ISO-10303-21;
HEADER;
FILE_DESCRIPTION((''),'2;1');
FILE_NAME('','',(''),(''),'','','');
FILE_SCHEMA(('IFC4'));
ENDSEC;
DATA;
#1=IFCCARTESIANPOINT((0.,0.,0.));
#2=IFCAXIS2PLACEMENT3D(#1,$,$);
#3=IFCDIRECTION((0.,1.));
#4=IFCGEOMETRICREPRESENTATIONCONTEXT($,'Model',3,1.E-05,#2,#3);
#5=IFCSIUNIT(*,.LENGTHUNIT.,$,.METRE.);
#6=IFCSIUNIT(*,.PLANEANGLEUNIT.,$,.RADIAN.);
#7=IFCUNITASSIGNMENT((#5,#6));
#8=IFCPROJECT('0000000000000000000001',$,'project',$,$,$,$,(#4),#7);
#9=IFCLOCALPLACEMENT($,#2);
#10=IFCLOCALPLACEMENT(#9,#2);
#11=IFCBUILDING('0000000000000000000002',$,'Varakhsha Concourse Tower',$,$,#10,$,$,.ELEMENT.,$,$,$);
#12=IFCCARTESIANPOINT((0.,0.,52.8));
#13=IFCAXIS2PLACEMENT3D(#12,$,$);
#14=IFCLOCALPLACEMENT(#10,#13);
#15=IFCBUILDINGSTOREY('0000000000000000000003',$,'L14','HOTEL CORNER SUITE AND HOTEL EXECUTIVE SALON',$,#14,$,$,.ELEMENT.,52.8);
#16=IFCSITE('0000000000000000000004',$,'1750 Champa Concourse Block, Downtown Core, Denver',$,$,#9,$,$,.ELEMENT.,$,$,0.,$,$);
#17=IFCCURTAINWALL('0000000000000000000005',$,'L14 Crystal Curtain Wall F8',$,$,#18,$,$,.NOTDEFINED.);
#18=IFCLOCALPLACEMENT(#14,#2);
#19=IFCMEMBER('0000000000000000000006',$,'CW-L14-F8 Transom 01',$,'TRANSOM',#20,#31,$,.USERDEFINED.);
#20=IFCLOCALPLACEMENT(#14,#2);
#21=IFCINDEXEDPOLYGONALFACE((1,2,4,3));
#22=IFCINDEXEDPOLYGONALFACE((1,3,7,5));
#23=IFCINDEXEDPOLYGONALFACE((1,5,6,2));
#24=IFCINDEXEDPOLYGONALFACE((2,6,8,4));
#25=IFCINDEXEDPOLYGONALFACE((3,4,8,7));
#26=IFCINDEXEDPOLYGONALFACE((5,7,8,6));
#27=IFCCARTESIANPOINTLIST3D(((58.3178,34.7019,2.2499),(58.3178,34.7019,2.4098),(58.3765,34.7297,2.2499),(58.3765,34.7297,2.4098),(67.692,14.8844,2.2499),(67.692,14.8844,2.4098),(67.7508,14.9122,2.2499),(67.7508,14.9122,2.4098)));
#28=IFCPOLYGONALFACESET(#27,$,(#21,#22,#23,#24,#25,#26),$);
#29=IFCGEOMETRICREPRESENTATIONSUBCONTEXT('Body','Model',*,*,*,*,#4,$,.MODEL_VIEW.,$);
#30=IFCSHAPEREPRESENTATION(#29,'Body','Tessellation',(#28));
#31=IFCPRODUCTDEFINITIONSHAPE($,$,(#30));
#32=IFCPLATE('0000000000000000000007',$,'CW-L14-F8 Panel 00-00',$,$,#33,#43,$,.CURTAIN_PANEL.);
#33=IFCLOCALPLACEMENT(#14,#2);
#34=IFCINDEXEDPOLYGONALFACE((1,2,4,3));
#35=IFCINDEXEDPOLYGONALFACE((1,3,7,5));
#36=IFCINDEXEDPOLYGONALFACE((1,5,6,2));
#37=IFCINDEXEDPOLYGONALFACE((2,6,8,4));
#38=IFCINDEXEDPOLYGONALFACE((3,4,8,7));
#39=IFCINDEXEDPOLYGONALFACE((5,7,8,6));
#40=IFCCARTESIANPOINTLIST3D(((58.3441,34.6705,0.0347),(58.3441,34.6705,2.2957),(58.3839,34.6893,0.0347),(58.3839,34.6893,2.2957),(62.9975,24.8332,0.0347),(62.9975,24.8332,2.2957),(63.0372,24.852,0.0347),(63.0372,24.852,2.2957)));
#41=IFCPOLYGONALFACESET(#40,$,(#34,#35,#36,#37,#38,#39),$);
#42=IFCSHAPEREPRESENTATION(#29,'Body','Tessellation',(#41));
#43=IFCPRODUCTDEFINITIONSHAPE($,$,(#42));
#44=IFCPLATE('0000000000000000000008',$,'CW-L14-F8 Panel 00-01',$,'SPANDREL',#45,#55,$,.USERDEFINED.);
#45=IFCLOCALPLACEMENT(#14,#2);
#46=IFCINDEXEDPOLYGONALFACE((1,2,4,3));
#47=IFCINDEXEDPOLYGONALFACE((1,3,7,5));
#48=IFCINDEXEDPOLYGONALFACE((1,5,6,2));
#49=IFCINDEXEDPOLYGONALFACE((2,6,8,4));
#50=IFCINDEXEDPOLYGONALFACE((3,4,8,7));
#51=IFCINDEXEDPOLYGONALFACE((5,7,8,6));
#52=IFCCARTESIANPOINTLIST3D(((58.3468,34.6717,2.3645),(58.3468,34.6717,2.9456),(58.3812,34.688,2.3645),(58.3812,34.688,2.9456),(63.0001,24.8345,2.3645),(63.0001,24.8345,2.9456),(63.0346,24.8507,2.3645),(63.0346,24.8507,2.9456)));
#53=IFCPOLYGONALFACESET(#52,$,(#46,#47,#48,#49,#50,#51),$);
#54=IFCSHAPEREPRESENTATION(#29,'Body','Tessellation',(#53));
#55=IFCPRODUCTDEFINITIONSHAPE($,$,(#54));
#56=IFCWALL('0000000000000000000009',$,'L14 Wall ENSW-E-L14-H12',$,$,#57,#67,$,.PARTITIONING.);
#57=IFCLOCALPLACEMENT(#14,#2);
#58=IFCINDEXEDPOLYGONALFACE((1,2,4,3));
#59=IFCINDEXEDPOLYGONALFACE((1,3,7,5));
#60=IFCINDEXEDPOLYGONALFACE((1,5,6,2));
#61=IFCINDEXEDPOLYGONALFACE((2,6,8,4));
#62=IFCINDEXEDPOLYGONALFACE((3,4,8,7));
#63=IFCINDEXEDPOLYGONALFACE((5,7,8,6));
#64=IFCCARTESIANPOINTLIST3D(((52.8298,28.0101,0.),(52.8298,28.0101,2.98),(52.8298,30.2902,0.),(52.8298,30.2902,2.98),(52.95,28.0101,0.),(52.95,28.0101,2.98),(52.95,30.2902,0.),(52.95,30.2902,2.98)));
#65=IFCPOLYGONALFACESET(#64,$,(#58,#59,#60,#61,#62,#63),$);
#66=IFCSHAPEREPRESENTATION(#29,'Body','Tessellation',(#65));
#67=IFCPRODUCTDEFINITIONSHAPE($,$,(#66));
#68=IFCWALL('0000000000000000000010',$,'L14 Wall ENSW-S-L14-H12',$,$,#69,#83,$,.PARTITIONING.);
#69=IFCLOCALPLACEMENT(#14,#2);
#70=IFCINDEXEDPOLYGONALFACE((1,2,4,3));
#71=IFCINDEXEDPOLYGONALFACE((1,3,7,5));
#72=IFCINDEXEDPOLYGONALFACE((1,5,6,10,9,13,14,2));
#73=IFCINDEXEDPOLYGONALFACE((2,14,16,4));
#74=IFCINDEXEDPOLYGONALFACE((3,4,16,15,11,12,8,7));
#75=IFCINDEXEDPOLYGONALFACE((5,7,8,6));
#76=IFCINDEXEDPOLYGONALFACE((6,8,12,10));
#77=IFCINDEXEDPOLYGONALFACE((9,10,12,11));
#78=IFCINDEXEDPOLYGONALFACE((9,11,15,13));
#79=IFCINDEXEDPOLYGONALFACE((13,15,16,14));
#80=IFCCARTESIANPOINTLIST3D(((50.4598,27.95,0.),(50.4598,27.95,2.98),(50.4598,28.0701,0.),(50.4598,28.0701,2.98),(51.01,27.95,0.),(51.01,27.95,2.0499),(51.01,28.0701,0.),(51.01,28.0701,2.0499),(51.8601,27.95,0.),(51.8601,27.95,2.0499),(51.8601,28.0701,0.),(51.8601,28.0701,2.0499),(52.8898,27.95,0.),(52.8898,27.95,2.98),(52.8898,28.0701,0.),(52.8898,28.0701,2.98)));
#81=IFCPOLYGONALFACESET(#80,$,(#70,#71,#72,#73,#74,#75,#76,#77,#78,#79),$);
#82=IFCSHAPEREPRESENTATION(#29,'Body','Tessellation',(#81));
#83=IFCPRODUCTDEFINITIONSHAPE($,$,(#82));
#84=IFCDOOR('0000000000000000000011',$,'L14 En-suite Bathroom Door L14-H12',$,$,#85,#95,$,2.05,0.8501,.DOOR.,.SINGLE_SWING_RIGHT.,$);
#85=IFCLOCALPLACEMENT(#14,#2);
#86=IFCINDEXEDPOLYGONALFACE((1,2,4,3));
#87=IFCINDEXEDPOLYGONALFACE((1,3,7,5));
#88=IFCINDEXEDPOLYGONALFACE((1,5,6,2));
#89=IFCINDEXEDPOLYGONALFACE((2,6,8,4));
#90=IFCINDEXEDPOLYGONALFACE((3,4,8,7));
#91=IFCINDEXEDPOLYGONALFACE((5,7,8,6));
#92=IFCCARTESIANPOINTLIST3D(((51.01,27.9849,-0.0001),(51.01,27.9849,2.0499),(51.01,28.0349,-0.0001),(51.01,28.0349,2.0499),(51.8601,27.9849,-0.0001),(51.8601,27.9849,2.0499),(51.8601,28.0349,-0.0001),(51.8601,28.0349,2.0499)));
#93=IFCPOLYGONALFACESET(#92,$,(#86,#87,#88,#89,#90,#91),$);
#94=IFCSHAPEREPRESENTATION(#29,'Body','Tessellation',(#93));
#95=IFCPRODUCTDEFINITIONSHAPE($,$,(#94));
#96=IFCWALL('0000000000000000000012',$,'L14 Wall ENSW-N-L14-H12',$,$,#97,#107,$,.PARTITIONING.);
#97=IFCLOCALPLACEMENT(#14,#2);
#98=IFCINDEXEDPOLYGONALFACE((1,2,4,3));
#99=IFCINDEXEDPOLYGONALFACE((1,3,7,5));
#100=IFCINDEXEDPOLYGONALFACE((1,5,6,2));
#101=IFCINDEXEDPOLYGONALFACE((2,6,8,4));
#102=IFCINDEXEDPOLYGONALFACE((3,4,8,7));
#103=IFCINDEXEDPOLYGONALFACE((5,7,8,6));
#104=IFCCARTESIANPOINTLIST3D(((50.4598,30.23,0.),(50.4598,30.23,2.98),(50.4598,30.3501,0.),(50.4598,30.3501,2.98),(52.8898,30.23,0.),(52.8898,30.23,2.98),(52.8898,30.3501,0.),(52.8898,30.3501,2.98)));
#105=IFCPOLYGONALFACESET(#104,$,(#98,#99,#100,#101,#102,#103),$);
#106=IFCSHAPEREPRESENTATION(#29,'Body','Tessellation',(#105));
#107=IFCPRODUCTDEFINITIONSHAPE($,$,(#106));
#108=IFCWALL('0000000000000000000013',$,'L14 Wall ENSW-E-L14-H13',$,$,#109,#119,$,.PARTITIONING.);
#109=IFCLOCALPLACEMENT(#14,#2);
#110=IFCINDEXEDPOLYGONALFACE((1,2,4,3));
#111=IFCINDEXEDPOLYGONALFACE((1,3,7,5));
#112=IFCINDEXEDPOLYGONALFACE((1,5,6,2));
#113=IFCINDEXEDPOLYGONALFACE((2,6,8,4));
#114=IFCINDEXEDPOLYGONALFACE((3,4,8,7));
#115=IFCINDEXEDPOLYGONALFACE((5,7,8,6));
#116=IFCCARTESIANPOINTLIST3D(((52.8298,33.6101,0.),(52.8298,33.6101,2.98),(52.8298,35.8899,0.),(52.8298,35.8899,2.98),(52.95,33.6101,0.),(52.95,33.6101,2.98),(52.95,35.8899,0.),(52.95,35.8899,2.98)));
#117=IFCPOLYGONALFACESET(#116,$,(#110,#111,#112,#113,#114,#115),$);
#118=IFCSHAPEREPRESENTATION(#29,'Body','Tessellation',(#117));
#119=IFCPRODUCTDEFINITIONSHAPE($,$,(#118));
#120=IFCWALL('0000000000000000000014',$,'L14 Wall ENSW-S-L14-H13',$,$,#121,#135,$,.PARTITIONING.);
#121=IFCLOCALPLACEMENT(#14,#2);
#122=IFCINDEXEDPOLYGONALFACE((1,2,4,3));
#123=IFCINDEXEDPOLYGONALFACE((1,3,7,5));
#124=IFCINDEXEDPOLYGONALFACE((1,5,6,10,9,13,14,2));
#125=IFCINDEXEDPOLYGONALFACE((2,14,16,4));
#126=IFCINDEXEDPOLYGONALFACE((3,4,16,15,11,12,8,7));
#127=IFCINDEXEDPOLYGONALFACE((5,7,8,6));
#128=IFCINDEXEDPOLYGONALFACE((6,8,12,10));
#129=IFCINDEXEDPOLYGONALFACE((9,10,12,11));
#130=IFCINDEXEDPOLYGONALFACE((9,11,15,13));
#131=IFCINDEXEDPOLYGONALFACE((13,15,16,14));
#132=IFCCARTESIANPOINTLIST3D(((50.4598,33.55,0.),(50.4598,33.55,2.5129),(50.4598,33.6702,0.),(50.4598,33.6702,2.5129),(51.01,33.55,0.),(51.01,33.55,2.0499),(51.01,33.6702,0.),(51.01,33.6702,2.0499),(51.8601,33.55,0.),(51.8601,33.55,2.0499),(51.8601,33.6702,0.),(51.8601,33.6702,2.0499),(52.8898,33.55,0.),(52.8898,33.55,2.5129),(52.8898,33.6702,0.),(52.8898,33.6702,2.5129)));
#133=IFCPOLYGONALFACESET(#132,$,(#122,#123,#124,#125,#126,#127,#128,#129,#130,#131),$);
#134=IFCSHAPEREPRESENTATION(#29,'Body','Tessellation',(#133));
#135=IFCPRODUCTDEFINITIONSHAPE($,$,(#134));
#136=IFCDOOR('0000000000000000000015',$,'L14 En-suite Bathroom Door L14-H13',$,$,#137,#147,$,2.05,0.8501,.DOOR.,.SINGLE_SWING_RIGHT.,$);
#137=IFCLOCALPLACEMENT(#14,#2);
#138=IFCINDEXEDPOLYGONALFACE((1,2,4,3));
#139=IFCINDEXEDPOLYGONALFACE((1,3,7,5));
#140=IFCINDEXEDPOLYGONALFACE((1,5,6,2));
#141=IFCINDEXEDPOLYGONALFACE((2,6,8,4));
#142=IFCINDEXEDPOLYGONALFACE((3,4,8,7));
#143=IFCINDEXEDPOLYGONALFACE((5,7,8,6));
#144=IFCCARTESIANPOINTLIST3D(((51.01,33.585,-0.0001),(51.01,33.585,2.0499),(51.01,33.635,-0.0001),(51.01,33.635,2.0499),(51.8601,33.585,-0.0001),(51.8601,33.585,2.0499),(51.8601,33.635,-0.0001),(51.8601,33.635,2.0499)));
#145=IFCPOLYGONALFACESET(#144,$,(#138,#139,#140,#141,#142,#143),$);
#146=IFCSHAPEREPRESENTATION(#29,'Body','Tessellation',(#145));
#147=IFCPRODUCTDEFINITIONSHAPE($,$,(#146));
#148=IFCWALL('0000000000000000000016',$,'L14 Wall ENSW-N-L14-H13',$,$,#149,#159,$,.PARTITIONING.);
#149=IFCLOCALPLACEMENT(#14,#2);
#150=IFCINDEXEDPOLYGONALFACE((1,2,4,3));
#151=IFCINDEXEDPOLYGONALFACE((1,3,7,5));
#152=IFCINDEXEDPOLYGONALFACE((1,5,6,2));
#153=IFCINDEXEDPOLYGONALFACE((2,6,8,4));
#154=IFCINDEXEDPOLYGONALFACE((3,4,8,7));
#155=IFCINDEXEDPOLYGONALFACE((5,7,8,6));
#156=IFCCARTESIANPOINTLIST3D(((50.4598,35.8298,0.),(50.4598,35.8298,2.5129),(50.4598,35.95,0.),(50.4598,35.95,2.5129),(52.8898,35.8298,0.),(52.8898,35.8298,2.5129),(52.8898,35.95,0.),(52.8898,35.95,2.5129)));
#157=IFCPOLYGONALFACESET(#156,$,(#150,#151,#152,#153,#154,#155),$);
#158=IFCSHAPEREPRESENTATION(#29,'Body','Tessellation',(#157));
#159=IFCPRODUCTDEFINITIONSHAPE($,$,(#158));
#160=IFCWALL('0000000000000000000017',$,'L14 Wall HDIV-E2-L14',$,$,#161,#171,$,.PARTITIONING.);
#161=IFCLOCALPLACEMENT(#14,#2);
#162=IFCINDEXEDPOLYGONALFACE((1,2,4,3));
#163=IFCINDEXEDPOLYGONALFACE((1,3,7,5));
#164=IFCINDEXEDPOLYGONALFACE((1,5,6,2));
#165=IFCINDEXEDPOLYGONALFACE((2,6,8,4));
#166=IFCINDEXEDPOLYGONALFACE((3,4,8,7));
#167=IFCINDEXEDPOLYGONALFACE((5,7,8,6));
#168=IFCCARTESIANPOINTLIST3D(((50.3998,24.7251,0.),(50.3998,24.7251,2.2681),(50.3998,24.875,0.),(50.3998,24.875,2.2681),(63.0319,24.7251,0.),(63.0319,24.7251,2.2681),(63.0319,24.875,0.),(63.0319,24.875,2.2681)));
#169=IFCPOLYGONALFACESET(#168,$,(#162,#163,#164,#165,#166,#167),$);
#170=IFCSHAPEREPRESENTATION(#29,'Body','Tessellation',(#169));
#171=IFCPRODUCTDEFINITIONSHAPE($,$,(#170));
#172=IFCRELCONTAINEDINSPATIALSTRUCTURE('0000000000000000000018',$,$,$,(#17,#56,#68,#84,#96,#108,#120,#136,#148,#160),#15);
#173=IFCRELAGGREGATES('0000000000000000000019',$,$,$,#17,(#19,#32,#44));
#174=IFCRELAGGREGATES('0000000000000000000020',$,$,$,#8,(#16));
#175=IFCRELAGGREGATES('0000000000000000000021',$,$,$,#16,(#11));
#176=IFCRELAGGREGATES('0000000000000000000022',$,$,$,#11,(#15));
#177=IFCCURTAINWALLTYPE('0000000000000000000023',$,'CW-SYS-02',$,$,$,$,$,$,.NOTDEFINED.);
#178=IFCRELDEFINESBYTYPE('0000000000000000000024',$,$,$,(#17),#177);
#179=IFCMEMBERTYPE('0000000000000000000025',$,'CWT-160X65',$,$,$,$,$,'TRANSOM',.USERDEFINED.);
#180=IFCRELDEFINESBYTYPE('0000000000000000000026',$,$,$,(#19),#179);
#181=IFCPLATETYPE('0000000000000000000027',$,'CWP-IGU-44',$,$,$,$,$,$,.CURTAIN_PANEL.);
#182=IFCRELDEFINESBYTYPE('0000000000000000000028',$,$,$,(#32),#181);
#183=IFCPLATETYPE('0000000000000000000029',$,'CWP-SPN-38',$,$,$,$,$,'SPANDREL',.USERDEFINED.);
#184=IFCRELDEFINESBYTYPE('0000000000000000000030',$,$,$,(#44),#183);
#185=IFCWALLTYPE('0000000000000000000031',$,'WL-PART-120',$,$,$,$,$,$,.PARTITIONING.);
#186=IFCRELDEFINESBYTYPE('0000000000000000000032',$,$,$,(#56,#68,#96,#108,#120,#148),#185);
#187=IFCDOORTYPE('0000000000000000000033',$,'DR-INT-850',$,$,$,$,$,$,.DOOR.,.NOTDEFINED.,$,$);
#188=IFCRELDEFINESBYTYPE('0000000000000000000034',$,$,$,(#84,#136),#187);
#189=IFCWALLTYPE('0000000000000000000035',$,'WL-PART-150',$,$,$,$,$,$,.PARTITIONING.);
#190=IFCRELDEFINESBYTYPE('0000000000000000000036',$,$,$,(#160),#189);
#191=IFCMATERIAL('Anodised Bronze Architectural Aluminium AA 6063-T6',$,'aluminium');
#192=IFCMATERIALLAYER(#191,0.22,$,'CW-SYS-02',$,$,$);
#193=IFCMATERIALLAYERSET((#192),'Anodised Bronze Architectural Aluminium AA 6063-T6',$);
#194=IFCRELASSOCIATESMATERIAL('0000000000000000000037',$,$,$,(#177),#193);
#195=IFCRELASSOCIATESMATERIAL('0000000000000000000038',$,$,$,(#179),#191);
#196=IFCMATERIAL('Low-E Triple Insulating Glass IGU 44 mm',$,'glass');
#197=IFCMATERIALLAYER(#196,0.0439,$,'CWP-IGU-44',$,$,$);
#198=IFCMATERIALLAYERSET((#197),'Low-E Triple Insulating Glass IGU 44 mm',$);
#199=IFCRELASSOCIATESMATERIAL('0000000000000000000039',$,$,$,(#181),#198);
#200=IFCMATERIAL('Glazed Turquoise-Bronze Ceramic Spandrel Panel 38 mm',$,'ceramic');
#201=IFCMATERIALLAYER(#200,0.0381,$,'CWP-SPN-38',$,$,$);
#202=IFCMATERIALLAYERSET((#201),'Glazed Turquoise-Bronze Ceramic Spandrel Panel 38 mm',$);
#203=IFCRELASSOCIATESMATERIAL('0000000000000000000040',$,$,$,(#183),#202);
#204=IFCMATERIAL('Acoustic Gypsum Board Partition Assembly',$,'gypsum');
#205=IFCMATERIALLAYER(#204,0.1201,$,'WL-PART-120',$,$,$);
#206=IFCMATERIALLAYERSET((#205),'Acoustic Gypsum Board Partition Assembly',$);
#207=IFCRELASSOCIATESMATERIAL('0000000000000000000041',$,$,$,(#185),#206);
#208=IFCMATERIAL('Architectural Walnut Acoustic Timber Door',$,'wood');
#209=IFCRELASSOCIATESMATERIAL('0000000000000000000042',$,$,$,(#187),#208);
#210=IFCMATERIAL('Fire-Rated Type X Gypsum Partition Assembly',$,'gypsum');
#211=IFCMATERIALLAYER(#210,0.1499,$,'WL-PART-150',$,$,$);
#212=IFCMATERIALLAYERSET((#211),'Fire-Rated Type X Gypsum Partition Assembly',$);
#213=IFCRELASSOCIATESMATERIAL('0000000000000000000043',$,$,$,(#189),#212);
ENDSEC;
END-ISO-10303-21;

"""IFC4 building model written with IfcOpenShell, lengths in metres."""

from ifc_helpers import new_model, si_unit, direction, frame, frame_2d, origin, origin_2d, place, context, subcontext, project, spatial, rectangle, extrude, source, transform, mapped, material, layer, layer_set, material_profile, profile_set, type_object, type_shapes, element, fill, aggregate, save


model = new_model("IFC4")

# Units and contexts
model_context = context("Model", 3, precision=1e-05, world=origin(), true_north=direction((0.0, 1.0)))
body_context = subcontext(model_context, "Body", "Model", "MODEL_VIEW")
ifc_project = project(units=[si_unit("LENGTHUNIT", "METRE"), si_unit("PLANEANGLEUNIT", "RADIAN")], contexts=[model_context])

# Site, building, storey
site_placement = place(None, origin())
site = spatial("IfcSite", under=ifc_project, at=site_placement, Name="1750 Champa Concourse Block, Downtown Core, Denver", CompositionType="ELEMENT", RefElevation=0.0)
building_placement = place(site_placement, origin())
building = spatial("IfcBuilding", under=site, at=building_placement, Name="Varakhsha Concourse Tower", CompositionType="ELEMENT")
storey_placement = place(building_placement, frame((0.0, 0.0, 52.8)))
storey = spatial("IfcBuildingStorey", under=building, at=storey_placement, Name="L14", Description="HOTEL CORNER SUITE AND HOTEL EXECUTIVE SALON", CompositionType="ELEMENT", Elevation=52.8)

# Curtain wall
ifc_material_1 = material(Name="Anodised Bronze Architectural Aluminium AA 6063-T6", Category="aluminium")
ifc_layer_1 = layer(ifc_material_1, 0.22, Name="CW-SYS-02")
ifc_layer_set_1 = layer_set([ifc_layer_1], Name="Anodised Bronze Architectural Aluminium AA 6063-T6")
curtain_wall_type = type_object("IfcCurtainWallType", Name="CW-SYS-02", PredefinedType="NOTDEFINED", material=ifc_layer_set_1)
curtain_wall_1_placement = place(storey_placement, origin())
curtain_wall_1 = element("IfcCurtainWall", 1, at=curtain_wall_1_placement, inside=storey, type_object=curtain_wall_type, Name="L14 Crystal Curtain Wall F8", PredefinedType="NOTDEFINED")

# Member
ifc_material_profile_1 = material_profile(ifc_material_1, rectangle(XDim=0.0649, YDim=0.1599, at=origin_2d()), Name="CWT-160X65")
ifc_profile_set_1 = profile_set([ifc_material_profile_1], Name="Anodised Bronze Architectural Aluminium AA 6063-T6")
member_type_1 = type_object("IfcMemberType", Name="CWT-160X65", ElementType="TRANSOM", PredefinedType="USERDEFINED", material=ifc_profile_set_1)
shared_shape_1 = source(origin(), body_context, "Body", "SweptSolid", [
    extrude(rectangle(XDim=0.0649, YDim=0.1599, at=origin_2d()), origin(), (0.0, 0.0, 1.0), 21.9229),
])
type_shapes(member_type_1, [shared_shape_1])
member_1_placement = place(storey_placement, frame((58.3472, 34.7158, 2.3298), z_axis=(0.427601, -0.903968, 0.0), x_axis=(0.903968, 0.427601, 0.0)))
member_1 = element("IfcMember", 2, at=member_1_placement, type_object=member_type_1, Name="CW-L14-F8 Transom 01", ObjectType="TRANSOM", PredefinedType="USERDEFINED", context=body_context, shape_type="MappedRepresentation", body=[
    mapped(shared_shape_1, transform((0.0, 0.0, 0.0), scale=1.0)),
])

# Plates
ifc_material_2 = material(Name="Low-E Triple Insulating Glass IGU 44 mm", Category="glass")
ifc_layer_2 = layer(ifc_material_2, 0.0439, Name="CWP-IGU-44")
ifc_layer_set_2 = layer_set([ifc_layer_2], Name="Low-E Triple Insulating Glass IGU 44 mm")
plate_type_1 = type_object("IfcPlateType", Name="CWP-IGU-44", PredefinedType="CURTAIN_PANEL", material=ifc_layer_set_2)
shared_shape_2 = source(origin(), body_context, "Body", "SweptSolid", [
    extrude(rectangle(XDim=10.8823, YDim=0.0439, at=origin_2d()), origin(), (0.0, 0.0, 1.0), 2.261),
])
type_shapes(plate_type_1, [shared_shape_2])
plate_1_placement = place(storey_placement, frame((60.6907, 29.7612, 0.0347), z_axis=(0.0, 0.0, 1.0), x_axis=(0.427604, -0.903966, 0.0)))
plate_1 = element("IfcPlate", 3, at=plate_1_placement, type_object=plate_type_1, Name="CW-L14-F8 Panel 00-00", PredefinedType="CURTAIN_PANEL", context=body_context, shape_type="MappedRepresentation", body=[
    mapped(shared_shape_2, transform((0.0, 0.0, 0.0), scale=1.0)),
])
ifc_material_3 = material(Name="Glazed Turquoise-Bronze Ceramic Spandrel Panel 38 mm", Category="ceramic")
ifc_layer_3 = layer(ifc_material_3, 0.0381, Name="CWP-SPN-38")
ifc_layer_set_3 = layer_set([ifc_layer_3], Name="Glazed Turquoise-Bronze Ceramic Spandrel Panel 38 mm")
plate_type_2 = type_object("IfcPlateType", Name="CWP-SPN-38", ElementType="SPANDREL", PredefinedType="USERDEFINED", material=ifc_layer_set_3)
shared_shape_3 = source(origin(), body_context, "Body", "SweptSolid", [
    extrude(rectangle(XDim=10.8823, YDim=0.0381, at=origin_2d()), origin(), (0.0, 0.0, 1.0), 0.5811),
])
type_shapes(plate_type_2, [shared_shape_3])
plate_2_placement = place(storey_placement, frame((60.6907, 29.7612, 2.3645), z_axis=(0.0, 0.0, 1.0), x_axis=(0.427604, -0.903966, 0.0)))
plate_2 = element("IfcPlate", 4, at=plate_2_placement, type_object=plate_type_2, Name="CW-L14-F8 Panel 00-01", ObjectType="SPANDREL", PredefinedType="USERDEFINED", context=body_context, shape_type="MappedRepresentation", body=[
    mapped(shared_shape_3, transform((0.0, 0.0, 0.0), scale=1.0)),
])
aggregate(curtain_wall_1, [member_1, plate_1, plate_2])

# Wall
ifc_material_4 = material(Name="Acoustic Gypsum Board Partition Assembly", Category="gypsum")
ifc_layer_4 = layer(ifc_material_4, 0.1201, Name="WL-PART-120")
ifc_layer_set_4 = layer_set([ifc_layer_4], Name="Acoustic Gypsum Board Partition Assembly")
wall_type_1 = type_object("IfcWallType", Name="WL-PART-120", PredefinedType="PARTITIONING", material=ifc_layer_set_4)
wall_1_placement = place(storey_placement, frame((52.8899, 28.01, 0.0), z_axis=(0.0, 0.0, 1.0), x_axis=(0.0, 1.0, 0.0)))
element("IfcWall", 5, at=wall_1_placement, inside=storey, type_object=wall_type_1, Name="L14 Wall ENSW-E-L14-H12", PredefinedType="PARTITIONING", context=body_context, shape_type="SweptSolid", body=[
    extrude(rectangle(XDim=2.28, YDim=0.1201, at=frame_2d((1.1401, 0.0))), origin(), (0.0, 0.0, 1.0), 2.98),
])

# Wall, opening, door
wall_2_placement = place(storey_placement, frame((50.46, 28.01, 0.0), z_axis=(0.0, 0.0, 1.0), x_axis=(1.0, 0.0, 0.0)))
wall_2 = element("IfcWall", 6, at=wall_2_placement, inside=storey, type_object=wall_type_1, Name="L14 Wall ENSW-S-L14-H12", PredefinedType="PARTITIONING", context=body_context, shape_type="SweptSolid", body=[
    extrude(rectangle(XDim=2.4299, YDim=0.1201, at=frame_2d((1.2148, 0.0))), origin(), (0.0, 0.0, 1.0), 2.98),
])
opening_1_placement = place(wall_2_placement, frame((0.55, 0.0, 0.0)))
opening_1 = element("IfcOpeningElement", 7, at=opening_1_placement, cuts=wall_2, PredefinedType="OPENING", context=body_context, shape_type="SweptSolid", body=[
    extrude(rectangle(XDim=0.8501, YDim=2.05, at=frame_2d((0.425, 1.0249))), frame((0.0, 0.0701, 0.0), z_axis=(0.0, -1.0, 0.0), x_axis=(1.0, 0.0, 0.0)), (0.0, 0.0, 1.0), 0.1401),
])
ifc_material_5 = material(Name="Architectural Walnut Acoustic Timber Door", Category="wood")
door_type = type_object("IfcDoorType", Name="DR-INT-850", OperationType="NOTDEFINED", PredefinedType="DOOR", material=ifc_material_5)
door_1_placement = place(opening_1_placement, origin())
door_1 = element("IfcDoor", 8, at=door_1_placement, inside=storey, type_object=door_type, Name="L14 En-suite Bathroom Door L14-H12", OperationType="SINGLE_SWING_RIGHT", OverallHeight=2.05, OverallWidth=0.8501, PredefinedType="DOOR", context=body_context, shape_type="SweptSolid", body=[
    extrude(rectangle(XDim=0.8501, YDim=2.05, at=frame_2d((0.425, 1.0249))), frame((0.0, 0.0249, 0.0), z_axis=(0.0, -1.0, 0.0), x_axis=(1.0, 0.0, 0.0)), (0.0, 0.0, 1.0), 0.05),
])
fill(opening_1, door_1)

# Walls
wall_3_placement = place(storey_placement, frame((50.46, 30.29, 0.0), z_axis=(0.0, 0.0, 1.0), x_axis=(1.0, 0.0, 0.0)))
element("IfcWall", 9, at=wall_3_placement, inside=storey, type_object=wall_type_1, Name="L14 Wall ENSW-N-L14-H12", PredefinedType="PARTITIONING", context=body_context, shape_type="SweptSolid", body=[
    extrude(rectangle(XDim=2.4299, YDim=0.1201, at=frame_2d((1.2148, 0.0))), origin(), (0.0, 0.0, 1.0), 2.98),
])
wall_4_placement = place(storey_placement, frame((52.8899, 33.6101, 0.0), z_axis=(0.0, 0.0, 1.0), x_axis=(0.0, 1.0, 0.0)))
element("IfcWall", 10, at=wall_4_placement, inside=storey, type_object=wall_type_1, Name="L14 Wall ENSW-E-L14-H13", PredefinedType="PARTITIONING", context=body_context, shape_type="SweptSolid", body=[
    extrude(rectangle(XDim=2.2798, YDim=0.1201, at=frame_2d((1.1399, 0.0))), origin(), (0.0, 0.0, 1.0), 2.98),
])

# Wall, opening, door
wall_5_placement = place(storey_placement, frame((50.46, 33.6101, 0.0), z_axis=(0.0, 0.0, 1.0), x_axis=(1.0, 0.0, 0.0)))
wall_5 = element("IfcWall", 11, at=wall_5_placement, inside=storey, type_object=wall_type_1, Name="L14 Wall ENSW-S-L14-H13", PredefinedType="PARTITIONING", context=body_context, shape_type="SweptSolid", body=[
    extrude(rectangle(XDim=2.4299, YDim=0.1201, at=frame_2d((1.2148, 0.0))), origin(), (0.0, 0.0, 1.0), 2.5129),
])
opening_2_placement = place(wall_5_placement, frame((0.55, 0.0, 0.0)))
opening_2 = element("IfcOpeningElement", 12, at=opening_2_placement, cuts=wall_5, PredefinedType="OPENING", context=body_context, shape_type="SweptSolid", body=[
    extrude(rectangle(XDim=0.8501, YDim=2.05, at=frame_2d((0.425, 1.0249))), frame((0.0, 0.0701, 0.0), z_axis=(0.0, -1.0, 0.0), x_axis=(1.0, 0.0, 0.0)), (0.0, 0.0, 1.0), 0.1401),
])
door_2_placement = place(opening_2_placement, origin())
door_2 = element("IfcDoor", 13, at=door_2_placement, inside=storey, type_object=door_type, Name="L14 En-suite Bathroom Door L14-H13", OperationType="SINGLE_SWING_RIGHT", OverallHeight=2.05, OverallWidth=0.8501, PredefinedType="DOOR", context=body_context, shape_type="SweptSolid", body=[
    extrude(rectangle(XDim=0.8501, YDim=2.05, at=frame_2d((0.425, 1.0249))), frame((0.0, 0.0249, 0.0), z_axis=(0.0, -1.0, 0.0), x_axis=(1.0, 0.0, 0.0)), (0.0, 0.0, 1.0), 0.05),
])
fill(opening_2, door_2)

# Walls
wall_6_placement = place(storey_placement, frame((50.46, 35.8899, 0.0), z_axis=(0.0, 0.0, 1.0), x_axis=(1.0, 0.0, 0.0)))
element("IfcWall", 14, at=wall_6_placement, inside=storey, type_object=wall_type_1, Name="L14 Wall ENSW-N-L14-H13", PredefinedType="PARTITIONING", context=body_context, shape_type="SweptSolid", body=[
    extrude(rectangle(XDim=2.4299, YDim=0.1201, at=frame_2d((1.2148, 0.0))), origin(), (0.0, 0.0, 1.0), 2.5129),
])
ifc_material_6 = material(Name="Fire-Rated Type X Gypsum Partition Assembly", Category="gypsum")
ifc_layer_5 = layer(ifc_material_6, 0.1499, Name="WL-PART-150")
ifc_layer_set_5 = layer_set([ifc_layer_5], Name="Fire-Rated Type X Gypsum Partition Assembly")
wall_type_2 = type_object("IfcWallType", Name="WL-PART-150", PredefinedType="PARTITIONING", material=ifc_layer_set_5)
wall_7_placement = place(storey_placement, frame((50.3999, 24.8, 0.0), z_axis=(0.0, 0.0, 1.0), x_axis=(1.0, 0.0, 0.0)))
element("IfcWall", 15, at=wall_7_placement, inside=storey, type_object=wall_type_2, Name="L14 Wall HDIV-E2-L14", PredefinedType="PARTITIONING", context=body_context, shape_type="SweptSolid", body=[
    extrude(rectangle(XDim=12.6321, YDim=0.1499, at=frame_2d((6.3159, 0.0))), origin(), (0.0, 0.0, 1.0), 2.2681),
])

save(model, "model.ifc")
